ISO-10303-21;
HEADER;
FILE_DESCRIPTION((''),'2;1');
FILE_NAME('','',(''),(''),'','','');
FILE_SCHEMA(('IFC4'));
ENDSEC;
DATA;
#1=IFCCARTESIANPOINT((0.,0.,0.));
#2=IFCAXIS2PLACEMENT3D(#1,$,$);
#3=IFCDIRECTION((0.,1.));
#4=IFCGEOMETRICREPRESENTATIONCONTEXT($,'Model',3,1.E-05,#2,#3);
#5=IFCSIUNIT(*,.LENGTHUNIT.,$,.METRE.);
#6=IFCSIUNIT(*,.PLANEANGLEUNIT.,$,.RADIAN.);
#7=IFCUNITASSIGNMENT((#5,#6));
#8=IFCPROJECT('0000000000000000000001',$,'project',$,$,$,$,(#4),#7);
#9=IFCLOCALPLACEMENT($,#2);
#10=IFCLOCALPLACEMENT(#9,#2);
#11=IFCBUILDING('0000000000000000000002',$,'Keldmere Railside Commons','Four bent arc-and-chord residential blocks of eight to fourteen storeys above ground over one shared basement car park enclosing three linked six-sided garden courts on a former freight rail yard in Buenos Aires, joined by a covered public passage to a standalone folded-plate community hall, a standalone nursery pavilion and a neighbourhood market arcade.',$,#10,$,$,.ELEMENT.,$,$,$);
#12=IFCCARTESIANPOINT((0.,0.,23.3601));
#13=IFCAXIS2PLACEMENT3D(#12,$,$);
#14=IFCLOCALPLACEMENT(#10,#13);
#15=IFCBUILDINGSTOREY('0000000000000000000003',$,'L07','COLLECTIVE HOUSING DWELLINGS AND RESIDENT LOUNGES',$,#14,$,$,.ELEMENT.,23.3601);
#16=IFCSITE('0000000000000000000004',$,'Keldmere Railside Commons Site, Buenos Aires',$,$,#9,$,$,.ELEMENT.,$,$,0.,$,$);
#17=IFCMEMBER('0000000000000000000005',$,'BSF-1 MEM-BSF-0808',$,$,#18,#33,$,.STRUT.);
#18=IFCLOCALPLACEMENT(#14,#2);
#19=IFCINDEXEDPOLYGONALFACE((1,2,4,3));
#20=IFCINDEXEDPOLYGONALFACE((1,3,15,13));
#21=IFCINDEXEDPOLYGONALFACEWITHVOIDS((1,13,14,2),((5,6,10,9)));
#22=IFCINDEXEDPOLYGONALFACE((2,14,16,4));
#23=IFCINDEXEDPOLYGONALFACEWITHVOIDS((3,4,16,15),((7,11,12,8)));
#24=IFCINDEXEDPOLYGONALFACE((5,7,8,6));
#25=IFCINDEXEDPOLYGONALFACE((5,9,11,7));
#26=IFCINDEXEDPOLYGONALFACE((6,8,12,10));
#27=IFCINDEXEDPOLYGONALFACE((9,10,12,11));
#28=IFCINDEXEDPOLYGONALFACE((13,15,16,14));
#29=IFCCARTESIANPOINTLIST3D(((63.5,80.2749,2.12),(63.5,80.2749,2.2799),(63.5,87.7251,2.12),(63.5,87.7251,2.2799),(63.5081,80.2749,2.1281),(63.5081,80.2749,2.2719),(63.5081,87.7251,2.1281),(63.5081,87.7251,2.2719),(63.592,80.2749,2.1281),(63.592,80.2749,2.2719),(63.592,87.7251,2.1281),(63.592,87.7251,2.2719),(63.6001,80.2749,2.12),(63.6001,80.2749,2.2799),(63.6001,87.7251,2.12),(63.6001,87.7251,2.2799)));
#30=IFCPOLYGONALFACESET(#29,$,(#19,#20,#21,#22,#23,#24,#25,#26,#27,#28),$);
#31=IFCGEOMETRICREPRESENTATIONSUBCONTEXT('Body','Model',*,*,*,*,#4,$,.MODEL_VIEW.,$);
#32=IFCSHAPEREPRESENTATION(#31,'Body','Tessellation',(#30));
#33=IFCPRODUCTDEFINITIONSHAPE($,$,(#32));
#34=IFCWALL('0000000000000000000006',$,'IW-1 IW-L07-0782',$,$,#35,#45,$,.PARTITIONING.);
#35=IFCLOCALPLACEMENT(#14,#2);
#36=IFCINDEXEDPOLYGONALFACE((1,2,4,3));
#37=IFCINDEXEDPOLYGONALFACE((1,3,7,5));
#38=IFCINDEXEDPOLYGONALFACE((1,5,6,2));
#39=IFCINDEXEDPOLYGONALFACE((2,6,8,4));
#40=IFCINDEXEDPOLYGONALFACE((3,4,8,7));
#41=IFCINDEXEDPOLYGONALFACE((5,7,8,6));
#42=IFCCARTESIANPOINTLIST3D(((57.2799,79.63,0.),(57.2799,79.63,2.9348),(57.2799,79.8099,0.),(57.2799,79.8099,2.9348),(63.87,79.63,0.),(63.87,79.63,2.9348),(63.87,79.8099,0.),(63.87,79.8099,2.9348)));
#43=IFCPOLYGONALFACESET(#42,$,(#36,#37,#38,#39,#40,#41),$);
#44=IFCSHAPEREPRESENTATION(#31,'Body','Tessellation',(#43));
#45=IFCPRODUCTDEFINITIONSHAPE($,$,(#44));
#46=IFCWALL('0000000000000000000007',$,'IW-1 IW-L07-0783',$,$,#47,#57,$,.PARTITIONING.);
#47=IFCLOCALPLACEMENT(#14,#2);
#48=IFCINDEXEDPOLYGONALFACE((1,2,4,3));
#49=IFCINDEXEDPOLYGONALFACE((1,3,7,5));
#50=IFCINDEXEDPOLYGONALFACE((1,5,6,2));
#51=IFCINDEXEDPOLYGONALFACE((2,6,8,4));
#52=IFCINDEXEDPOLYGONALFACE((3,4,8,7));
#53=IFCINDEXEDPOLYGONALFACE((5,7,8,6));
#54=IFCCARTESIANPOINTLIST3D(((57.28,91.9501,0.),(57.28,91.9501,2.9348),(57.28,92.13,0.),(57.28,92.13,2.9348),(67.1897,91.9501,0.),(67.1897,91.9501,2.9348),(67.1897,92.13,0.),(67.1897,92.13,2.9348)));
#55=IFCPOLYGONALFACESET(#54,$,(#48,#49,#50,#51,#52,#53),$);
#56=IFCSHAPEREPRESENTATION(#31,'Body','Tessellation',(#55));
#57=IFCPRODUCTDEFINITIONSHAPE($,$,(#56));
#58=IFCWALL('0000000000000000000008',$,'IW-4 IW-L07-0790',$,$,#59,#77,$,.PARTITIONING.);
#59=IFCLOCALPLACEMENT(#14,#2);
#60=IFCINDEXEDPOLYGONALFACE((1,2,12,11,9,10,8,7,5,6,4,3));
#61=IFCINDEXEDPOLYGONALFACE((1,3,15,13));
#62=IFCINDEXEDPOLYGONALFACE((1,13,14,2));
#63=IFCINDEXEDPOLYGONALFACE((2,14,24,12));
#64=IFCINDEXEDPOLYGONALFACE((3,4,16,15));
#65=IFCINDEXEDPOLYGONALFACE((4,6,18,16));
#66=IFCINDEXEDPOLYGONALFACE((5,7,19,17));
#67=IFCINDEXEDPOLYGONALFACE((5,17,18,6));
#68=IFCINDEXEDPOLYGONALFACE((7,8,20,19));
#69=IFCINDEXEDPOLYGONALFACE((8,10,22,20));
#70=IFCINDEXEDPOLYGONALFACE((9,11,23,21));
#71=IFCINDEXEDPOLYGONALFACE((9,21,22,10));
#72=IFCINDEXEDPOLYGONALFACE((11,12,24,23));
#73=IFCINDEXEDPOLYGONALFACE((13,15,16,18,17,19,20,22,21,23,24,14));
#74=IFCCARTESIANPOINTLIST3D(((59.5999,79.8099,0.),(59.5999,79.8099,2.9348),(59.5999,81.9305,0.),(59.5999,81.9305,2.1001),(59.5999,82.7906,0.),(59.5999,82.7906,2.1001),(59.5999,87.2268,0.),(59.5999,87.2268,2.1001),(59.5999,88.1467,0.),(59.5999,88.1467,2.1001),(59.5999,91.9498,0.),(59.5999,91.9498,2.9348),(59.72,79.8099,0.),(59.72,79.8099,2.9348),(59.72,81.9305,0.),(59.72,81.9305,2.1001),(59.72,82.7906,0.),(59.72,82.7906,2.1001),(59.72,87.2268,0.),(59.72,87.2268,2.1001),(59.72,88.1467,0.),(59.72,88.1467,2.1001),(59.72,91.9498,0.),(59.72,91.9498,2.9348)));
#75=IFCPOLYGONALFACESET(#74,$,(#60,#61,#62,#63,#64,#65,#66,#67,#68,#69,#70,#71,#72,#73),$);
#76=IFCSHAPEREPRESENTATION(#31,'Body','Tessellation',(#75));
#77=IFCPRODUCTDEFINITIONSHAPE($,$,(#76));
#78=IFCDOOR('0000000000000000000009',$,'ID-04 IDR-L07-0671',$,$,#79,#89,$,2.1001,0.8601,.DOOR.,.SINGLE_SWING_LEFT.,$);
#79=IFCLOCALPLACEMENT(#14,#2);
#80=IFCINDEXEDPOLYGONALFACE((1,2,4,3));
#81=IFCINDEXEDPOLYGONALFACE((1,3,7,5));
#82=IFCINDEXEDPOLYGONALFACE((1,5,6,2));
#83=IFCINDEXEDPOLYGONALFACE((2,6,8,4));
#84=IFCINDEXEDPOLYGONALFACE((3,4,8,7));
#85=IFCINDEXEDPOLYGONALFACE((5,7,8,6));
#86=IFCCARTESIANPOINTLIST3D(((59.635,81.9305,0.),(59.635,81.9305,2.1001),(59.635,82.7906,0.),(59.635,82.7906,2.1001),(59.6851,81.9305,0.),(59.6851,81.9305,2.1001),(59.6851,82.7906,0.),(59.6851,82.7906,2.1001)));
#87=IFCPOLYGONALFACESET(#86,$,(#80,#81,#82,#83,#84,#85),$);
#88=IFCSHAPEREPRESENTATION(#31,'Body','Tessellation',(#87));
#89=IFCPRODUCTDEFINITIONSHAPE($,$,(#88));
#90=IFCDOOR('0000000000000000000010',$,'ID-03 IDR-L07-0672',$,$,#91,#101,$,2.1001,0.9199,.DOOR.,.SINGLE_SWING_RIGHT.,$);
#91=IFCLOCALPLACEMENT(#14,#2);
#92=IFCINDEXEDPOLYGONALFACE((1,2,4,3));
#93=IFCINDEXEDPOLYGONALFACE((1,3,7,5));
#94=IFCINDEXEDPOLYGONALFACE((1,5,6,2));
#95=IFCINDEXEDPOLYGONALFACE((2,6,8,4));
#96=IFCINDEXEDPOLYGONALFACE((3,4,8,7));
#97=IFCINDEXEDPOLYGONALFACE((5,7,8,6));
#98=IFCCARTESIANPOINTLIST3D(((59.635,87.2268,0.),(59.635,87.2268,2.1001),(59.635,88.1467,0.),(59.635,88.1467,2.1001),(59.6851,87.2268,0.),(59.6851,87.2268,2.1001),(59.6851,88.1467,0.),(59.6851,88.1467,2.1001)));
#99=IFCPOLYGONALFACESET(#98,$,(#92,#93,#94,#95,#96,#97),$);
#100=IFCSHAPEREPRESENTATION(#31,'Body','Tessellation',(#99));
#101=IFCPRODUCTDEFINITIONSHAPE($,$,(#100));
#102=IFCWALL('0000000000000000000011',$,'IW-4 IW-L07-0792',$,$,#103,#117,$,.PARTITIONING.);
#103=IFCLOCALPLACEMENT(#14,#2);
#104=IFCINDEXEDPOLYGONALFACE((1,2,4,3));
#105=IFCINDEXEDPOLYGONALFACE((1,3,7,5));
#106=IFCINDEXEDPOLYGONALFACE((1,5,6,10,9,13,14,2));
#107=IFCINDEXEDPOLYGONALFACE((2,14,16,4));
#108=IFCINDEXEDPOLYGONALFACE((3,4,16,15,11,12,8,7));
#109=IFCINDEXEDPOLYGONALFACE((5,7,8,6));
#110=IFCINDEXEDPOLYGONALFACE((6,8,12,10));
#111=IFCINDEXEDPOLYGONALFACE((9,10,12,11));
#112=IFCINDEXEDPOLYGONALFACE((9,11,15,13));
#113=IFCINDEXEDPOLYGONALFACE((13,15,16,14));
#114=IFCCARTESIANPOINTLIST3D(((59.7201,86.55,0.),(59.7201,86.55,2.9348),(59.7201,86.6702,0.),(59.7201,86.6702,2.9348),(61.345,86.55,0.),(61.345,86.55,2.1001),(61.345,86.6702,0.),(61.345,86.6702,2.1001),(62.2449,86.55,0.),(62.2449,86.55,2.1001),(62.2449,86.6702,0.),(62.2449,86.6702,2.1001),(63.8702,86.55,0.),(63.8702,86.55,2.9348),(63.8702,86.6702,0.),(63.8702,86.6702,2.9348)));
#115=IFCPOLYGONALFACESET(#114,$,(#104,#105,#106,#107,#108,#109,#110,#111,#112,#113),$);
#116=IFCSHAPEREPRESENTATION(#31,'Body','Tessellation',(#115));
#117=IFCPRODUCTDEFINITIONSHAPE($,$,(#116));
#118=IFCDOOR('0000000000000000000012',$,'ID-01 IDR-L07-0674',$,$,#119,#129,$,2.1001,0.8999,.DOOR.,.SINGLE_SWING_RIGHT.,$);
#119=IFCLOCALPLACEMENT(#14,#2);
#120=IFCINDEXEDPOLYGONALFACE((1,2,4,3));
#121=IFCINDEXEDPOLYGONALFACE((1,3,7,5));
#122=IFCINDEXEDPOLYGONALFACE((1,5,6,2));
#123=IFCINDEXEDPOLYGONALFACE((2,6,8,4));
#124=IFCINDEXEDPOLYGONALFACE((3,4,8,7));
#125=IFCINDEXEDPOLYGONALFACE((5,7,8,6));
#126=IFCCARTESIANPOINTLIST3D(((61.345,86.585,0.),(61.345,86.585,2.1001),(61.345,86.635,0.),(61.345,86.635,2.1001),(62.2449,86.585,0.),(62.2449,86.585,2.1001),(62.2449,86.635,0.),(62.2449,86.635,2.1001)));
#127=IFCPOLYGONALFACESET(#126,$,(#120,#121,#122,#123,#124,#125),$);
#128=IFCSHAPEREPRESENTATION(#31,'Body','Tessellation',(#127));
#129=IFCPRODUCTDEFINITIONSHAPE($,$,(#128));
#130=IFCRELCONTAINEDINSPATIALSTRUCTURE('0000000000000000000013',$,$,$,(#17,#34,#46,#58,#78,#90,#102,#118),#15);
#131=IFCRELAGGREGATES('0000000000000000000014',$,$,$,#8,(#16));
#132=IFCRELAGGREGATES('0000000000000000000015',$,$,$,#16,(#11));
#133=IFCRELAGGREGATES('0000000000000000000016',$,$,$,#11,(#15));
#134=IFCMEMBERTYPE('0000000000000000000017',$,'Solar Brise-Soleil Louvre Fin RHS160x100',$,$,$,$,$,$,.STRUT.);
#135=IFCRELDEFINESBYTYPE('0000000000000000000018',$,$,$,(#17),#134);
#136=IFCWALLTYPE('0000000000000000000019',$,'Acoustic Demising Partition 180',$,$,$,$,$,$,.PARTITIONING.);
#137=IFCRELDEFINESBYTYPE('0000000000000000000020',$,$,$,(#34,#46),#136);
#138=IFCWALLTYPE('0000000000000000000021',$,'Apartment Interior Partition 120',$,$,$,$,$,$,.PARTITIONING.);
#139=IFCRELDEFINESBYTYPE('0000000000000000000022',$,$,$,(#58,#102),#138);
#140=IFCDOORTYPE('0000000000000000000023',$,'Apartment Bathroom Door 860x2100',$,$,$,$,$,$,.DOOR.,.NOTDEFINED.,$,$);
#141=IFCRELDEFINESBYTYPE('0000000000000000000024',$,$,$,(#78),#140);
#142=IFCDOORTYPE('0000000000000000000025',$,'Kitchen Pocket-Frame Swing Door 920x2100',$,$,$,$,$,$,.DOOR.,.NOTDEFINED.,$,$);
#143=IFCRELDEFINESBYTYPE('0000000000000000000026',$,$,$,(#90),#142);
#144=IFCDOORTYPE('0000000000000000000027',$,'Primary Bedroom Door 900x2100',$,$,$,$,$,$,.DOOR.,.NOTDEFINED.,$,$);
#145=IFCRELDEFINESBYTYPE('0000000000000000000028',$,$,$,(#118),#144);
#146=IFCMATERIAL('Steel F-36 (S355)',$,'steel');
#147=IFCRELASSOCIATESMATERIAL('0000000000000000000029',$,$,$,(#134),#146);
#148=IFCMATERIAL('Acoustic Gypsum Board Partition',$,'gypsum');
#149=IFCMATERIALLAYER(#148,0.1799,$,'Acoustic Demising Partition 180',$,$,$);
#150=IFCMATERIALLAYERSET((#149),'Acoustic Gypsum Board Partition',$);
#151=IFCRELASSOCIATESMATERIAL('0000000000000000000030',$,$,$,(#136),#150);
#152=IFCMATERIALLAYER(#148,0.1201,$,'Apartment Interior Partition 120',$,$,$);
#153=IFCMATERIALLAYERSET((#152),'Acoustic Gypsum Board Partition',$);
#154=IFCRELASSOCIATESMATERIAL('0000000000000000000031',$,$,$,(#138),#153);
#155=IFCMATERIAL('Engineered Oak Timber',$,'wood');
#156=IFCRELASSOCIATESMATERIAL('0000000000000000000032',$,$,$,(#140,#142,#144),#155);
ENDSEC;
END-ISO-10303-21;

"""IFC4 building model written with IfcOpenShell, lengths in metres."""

from ifc_helpers import new_model, si_unit, direction, frame, frame_2d, origin, origin_2d, place, context, subcontext, project, spatial, rectangle, hollow_rectangle, extrude, material, layer, layer_set, material_profile, profile_set, type_object, element, fill, save


model = new_model("IFC4")

# Units and contexts
model_context = context("Model", 3, precision=1e-05, world=origin(), true_north=direction((0.0, 1.0)))
body_context = subcontext(model_context, "Body", "Model", "MODEL_VIEW")
ifc_project = project(units=[si_unit("LENGTHUNIT", "METRE"), si_unit("PLANEANGLEUNIT", "RADIAN")], contexts=[model_context])

# Site, building, storey
site_placement = place(None, origin())
site = spatial("IfcSite", under=ifc_project, at=site_placement, Name="Keldmere Railside Commons Site, Buenos Aires", CompositionType="ELEMENT", RefElevation=0.0)
building_placement = place(site_placement, origin())
building = spatial("IfcBuilding", under=site, at=building_placement, Name="Keldmere Railside Commons", Description="Four bent arc-and-chord residential blocks of eight to fourteen storeys above ground over one shared basement car park enclosing three linked six-sided garden courts on a former freight rail yard in Buenos Aires, joined by a covered public passage to a standalone folded-plate community hall, a standalone nursery pavilion and a neighbourhood market arcade.", CompositionType="ELEMENT")
storey_placement = place(building_placement, frame((0.0, 0.0, 23.3601)))
storey = spatial("IfcBuildingStorey", under=building, at=storey_placement, Name="L07", Description="COLLECTIVE HOUSING DWELLINGS AND RESIDENT LOUNGES", CompositionType="ELEMENT", Elevation=23.3601)

# Shared definitions
ifc_material_1 = material(Name="Steel F-36 (S355)", Category="steel")

# Member
ifc_material_profile_1 = material_profile(ifc_material_1, hollow_rectangle(XDim=0.1001, YDim=0.1599, WallThickness=0.0081, at=origin_2d()), Name="RHS-160x100x8")
ifc_profile_set_1 = profile_set([ifc_material_profile_1], Name="Steel F-36 (S355)")
member_type_1 = type_object("IfcMemberType", Name="Solar Brise-Soleil Louvre Fin RHS160x100", PredefinedType="STRUT", material=ifc_profile_set_1)
for number, where, z_axis, x_axis, name in (
    (1, (63.55, 80.2749, 2.2), (0.0, 1.0, 0.0), (-1.0, 0.0, 0.0), "BSF-1 MEM-BSF-0808"),
):
    element("IfcMember", number, at=place(storey_placement, frame(where, z_axis=z_axis, x_axis=x_axis)), inside=storey, type_object=member_type_1, Name=name, PredefinedType="STRUT", context=body_context, shape_type="SweptSolid", body=[
        extrude(hollow_rectangle(XDim=0.1001, YDim=0.1599, WallThickness=0.0081, at=origin_2d()), origin(), (0.0, 0.0, 1.0), 7.4502),
    ])

# Walls
ifc_material_2 = material(Name="Acoustic Gypsum Board Partition", Category="gypsum")
ifc_layer_1 = layer(ifc_material_2, 0.1799, Name="Acoustic Demising Partition 180")
ifc_layer_set_1 = layer_set([ifc_layer_1], Name="Acoustic Gypsum Board Partition")
wall_type_1 = type_object("IfcWallType", Name="Acoustic Demising Partition 180", PredefinedType="PARTITIONING", material=ifc_layer_set_1)
wall_1_placement = place(storey_placement, frame((57.28, 79.72, 0.0), z_axis=(0.0, 0.0, 1.0), x_axis=(1.0, 0.0, 0.0)))
element("IfcWall", 2, at=wall_1_placement, inside=storey, type_object=wall_type_1, Name="IW-1 IW-L07-0782", PredefinedType="PARTITIONING", context=body_context, shape_type="SweptSolid", body=[
    extrude(rectangle(XDim=6.5901, YDim=0.1799, at=frame_2d((3.2949, 0.0))), origin(), (0.0, 0.0, 1.0), 2.9348),
])
wall_2_placement = place(storey_placement, frame((57.28, 92.04, 0.0), z_axis=(0.0, 0.0, 1.0), x_axis=(1.0, 0.0, 0.0)))
element("IfcWall", 3, at=wall_2_placement, inside=storey, type_object=wall_type_1, Name="IW-1 IW-L07-0783", PredefinedType="PARTITIONING", context=body_context, shape_type="SweptSolid", body=[
    extrude(rectangle(XDim=9.9097, YDim=0.1799, at=frame_2d((4.9548, 0.0))), origin(), (0.0, 0.0, 1.0), 2.9348),
])

# Wall, openings, doors
ifc_layer_2 = layer(ifc_material_2, 0.1201, Name="Apartment Interior Partition 120")
ifc_layer_set_2 = layer_set([ifc_layer_2], Name="Acoustic Gypsum Board Partition")
wall_type_2 = type_object("IfcWallType", Name="Apartment Interior Partition 120", PredefinedType="PARTITIONING", material=ifc_layer_set_2)
wall_3_placement = place(storey_placement, frame((59.6599, 79.8101, 0.0), z_axis=(0.0, 0.0, 1.0), x_axis=(0.0, 1.0, 0.0)))
wall_3 = element("IfcWall", 4, at=wall_3_placement, inside=storey, type_object=wall_type_2, Name="IW-4 IW-L07-0790", PredefinedType="PARTITIONING", context=body_context, shape_type="SweptSolid", body=[
    extrude(rectangle(XDim=12.1399, YDim=0.1201, at=frame_2d((6.0698, 0.0))), origin(), (0.0, 0.0, 1.0), 2.9348),
])
opening_1_placement = place(wall_3_placement, frame((2.1204, 0.0, 0.0)))
opening_1 = element("IfcOpeningElement", 5, at=opening_1_placement, cuts=wall_3, PredefinedType="OPENING", context=body_context, shape_type="SweptSolid", body=[
    extrude(rectangle(XDim=0.8601, YDim=2.1001, at=frame_2d((0.4302, 1.05))), frame((0.0, 0.0701, 0.0), z_axis=(0.0, -1.0, 0.0), x_axis=(1.0, 0.0, 0.0)), (0.0, 0.0, 1.0), 0.1401),
])
opening_2_placement = place(wall_3_placement, frame((7.4167, 0.0, 0.0)))
opening_2 = element("IfcOpeningElement", 6, at=opening_2_placement, cuts=wall_3, PredefinedType="OPENING", context=body_context, shape_type="SweptSolid", body=[
    extrude(rectangle(XDim=0.9199, YDim=2.1001, at=frame_2d((0.46, 1.05))), frame((0.0, 0.0701, 0.0), z_axis=(0.0, -1.0, 0.0), x_axis=(1.0, 0.0, 0.0)), (0.0, 0.0, 1.0), 0.1401),
])
ifc_material_3 = material(Name="Engineered Oak Timber", Category="wood")
door_type_1 = type_object("IfcDoorType", Name="Apartment Bathroom Door 860x2100", OperationType="NOTDEFINED", PredefinedType="DOOR", material=ifc_material_3)
door_1_placement = place(opening_1_placement, origin())
door_1 = element("IfcDoor", 7, at=door_1_placement, inside=storey, type_object=door_type_1, Name="ID-04 IDR-L07-0671", OperationType="SINGLE_SWING_LEFT", OverallHeight=2.1001, OverallWidth=0.8601, PredefinedType="DOOR", context=body_context, shape_type="SweptSolid", body=[
    extrude(rectangle(XDim=0.8601, YDim=2.1001, at=frame_2d((0.4302, 1.05))), frame((0.0, 0.0249, 0.0), z_axis=(0.0, -1.0, 0.0), x_axis=(1.0, 0.0, 0.0)), (0.0, 0.0, 1.0), 0.05),
])
fill(opening_1, door_1)
door_type_2 = type_object("IfcDoorType", Name="Kitchen Pocket-Frame Swing Door 920x2100", OperationType="NOTDEFINED", PredefinedType="DOOR", material=ifc_material_3)
door_2_placement = place(opening_2_placement, origin())
door_2 = element("IfcDoor", 8, at=door_2_placement, inside=storey, type_object=door_type_2, Name="ID-03 IDR-L07-0672", OperationType="SINGLE_SWING_RIGHT", OverallHeight=2.1001, OverallWidth=0.9199, PredefinedType="DOOR", context=body_context, shape_type="SweptSolid", body=[
    extrude(rectangle(XDim=0.9199, YDim=2.1001, at=frame_2d((0.46, 1.05))), frame((0.0, 0.0249, 0.0), z_axis=(0.0, -1.0, 0.0), x_axis=(1.0, 0.0, 0.0)), (0.0, 0.0, 1.0), 0.05),
])
fill(opening_2, door_2)

# Wall, opening, door
wall_4_placement = place(storey_placement, frame((59.72, 86.6101, 0.0), z_axis=(0.0, 0.0, 1.0), x_axis=(1.0, 0.0, 0.0)))
wall_4 = element("IfcWall", 9, at=wall_4_placement, inside=storey, type_object=wall_type_2, Name="IW-4 IW-L07-0792", PredefinedType="PARTITIONING", context=body_context, shape_type="SweptSolid", body=[
    extrude(rectangle(XDim=4.1501, YDim=0.1201, at=frame_2d((2.0752, 0.0))), origin(), (0.0, 0.0, 1.0), 2.9348),
])
opening_3_placement = place(wall_4_placement, frame((1.625, 0.0, 0.0)))
opening_3 = element("IfcOpeningElement", 10, at=opening_3_placement, cuts=wall_4, PredefinedType="OPENING", context=body_context, shape_type="SweptSolid", body=[
    extrude(rectangle(XDim=0.8999, YDim=2.1001, at=frame_2d((0.45, 1.05))), frame((0.0, 0.0701, 0.0), z_axis=(0.0, -1.0, 0.0), x_axis=(1.0, 0.0, 0.0)), (0.0, 0.0, 1.0), 0.1401),
])
door_type_3 = type_object("IfcDoorType", Name="Primary Bedroom Door 900x2100", OperationType="NOTDEFINED", PredefinedType="DOOR", material=ifc_material_3)
door_3_placement = place(opening_3_placement, origin())
door_3 = element("IfcDoor", 11, at=door_3_placement, inside=storey, type_object=door_type_3, Name="ID-01 IDR-L07-0674", OperationType="SINGLE_SWING_RIGHT", OverallHeight=2.1001, OverallWidth=0.8999, PredefinedType="DOOR", context=body_context, shape_type="SweptSolid", body=[
    extrude(rectangle(XDim=0.8999, YDim=2.1001, at=frame_2d((0.45, 1.05))), frame((0.0, 0.0249, 0.0), z_axis=(0.0, -1.0, 0.0), x_axis=(1.0, 0.0, 0.0)), (0.0, 0.0, 1.0), 0.05),
])
fill(opening_3, door_3)

save(model, "model.ifc")
